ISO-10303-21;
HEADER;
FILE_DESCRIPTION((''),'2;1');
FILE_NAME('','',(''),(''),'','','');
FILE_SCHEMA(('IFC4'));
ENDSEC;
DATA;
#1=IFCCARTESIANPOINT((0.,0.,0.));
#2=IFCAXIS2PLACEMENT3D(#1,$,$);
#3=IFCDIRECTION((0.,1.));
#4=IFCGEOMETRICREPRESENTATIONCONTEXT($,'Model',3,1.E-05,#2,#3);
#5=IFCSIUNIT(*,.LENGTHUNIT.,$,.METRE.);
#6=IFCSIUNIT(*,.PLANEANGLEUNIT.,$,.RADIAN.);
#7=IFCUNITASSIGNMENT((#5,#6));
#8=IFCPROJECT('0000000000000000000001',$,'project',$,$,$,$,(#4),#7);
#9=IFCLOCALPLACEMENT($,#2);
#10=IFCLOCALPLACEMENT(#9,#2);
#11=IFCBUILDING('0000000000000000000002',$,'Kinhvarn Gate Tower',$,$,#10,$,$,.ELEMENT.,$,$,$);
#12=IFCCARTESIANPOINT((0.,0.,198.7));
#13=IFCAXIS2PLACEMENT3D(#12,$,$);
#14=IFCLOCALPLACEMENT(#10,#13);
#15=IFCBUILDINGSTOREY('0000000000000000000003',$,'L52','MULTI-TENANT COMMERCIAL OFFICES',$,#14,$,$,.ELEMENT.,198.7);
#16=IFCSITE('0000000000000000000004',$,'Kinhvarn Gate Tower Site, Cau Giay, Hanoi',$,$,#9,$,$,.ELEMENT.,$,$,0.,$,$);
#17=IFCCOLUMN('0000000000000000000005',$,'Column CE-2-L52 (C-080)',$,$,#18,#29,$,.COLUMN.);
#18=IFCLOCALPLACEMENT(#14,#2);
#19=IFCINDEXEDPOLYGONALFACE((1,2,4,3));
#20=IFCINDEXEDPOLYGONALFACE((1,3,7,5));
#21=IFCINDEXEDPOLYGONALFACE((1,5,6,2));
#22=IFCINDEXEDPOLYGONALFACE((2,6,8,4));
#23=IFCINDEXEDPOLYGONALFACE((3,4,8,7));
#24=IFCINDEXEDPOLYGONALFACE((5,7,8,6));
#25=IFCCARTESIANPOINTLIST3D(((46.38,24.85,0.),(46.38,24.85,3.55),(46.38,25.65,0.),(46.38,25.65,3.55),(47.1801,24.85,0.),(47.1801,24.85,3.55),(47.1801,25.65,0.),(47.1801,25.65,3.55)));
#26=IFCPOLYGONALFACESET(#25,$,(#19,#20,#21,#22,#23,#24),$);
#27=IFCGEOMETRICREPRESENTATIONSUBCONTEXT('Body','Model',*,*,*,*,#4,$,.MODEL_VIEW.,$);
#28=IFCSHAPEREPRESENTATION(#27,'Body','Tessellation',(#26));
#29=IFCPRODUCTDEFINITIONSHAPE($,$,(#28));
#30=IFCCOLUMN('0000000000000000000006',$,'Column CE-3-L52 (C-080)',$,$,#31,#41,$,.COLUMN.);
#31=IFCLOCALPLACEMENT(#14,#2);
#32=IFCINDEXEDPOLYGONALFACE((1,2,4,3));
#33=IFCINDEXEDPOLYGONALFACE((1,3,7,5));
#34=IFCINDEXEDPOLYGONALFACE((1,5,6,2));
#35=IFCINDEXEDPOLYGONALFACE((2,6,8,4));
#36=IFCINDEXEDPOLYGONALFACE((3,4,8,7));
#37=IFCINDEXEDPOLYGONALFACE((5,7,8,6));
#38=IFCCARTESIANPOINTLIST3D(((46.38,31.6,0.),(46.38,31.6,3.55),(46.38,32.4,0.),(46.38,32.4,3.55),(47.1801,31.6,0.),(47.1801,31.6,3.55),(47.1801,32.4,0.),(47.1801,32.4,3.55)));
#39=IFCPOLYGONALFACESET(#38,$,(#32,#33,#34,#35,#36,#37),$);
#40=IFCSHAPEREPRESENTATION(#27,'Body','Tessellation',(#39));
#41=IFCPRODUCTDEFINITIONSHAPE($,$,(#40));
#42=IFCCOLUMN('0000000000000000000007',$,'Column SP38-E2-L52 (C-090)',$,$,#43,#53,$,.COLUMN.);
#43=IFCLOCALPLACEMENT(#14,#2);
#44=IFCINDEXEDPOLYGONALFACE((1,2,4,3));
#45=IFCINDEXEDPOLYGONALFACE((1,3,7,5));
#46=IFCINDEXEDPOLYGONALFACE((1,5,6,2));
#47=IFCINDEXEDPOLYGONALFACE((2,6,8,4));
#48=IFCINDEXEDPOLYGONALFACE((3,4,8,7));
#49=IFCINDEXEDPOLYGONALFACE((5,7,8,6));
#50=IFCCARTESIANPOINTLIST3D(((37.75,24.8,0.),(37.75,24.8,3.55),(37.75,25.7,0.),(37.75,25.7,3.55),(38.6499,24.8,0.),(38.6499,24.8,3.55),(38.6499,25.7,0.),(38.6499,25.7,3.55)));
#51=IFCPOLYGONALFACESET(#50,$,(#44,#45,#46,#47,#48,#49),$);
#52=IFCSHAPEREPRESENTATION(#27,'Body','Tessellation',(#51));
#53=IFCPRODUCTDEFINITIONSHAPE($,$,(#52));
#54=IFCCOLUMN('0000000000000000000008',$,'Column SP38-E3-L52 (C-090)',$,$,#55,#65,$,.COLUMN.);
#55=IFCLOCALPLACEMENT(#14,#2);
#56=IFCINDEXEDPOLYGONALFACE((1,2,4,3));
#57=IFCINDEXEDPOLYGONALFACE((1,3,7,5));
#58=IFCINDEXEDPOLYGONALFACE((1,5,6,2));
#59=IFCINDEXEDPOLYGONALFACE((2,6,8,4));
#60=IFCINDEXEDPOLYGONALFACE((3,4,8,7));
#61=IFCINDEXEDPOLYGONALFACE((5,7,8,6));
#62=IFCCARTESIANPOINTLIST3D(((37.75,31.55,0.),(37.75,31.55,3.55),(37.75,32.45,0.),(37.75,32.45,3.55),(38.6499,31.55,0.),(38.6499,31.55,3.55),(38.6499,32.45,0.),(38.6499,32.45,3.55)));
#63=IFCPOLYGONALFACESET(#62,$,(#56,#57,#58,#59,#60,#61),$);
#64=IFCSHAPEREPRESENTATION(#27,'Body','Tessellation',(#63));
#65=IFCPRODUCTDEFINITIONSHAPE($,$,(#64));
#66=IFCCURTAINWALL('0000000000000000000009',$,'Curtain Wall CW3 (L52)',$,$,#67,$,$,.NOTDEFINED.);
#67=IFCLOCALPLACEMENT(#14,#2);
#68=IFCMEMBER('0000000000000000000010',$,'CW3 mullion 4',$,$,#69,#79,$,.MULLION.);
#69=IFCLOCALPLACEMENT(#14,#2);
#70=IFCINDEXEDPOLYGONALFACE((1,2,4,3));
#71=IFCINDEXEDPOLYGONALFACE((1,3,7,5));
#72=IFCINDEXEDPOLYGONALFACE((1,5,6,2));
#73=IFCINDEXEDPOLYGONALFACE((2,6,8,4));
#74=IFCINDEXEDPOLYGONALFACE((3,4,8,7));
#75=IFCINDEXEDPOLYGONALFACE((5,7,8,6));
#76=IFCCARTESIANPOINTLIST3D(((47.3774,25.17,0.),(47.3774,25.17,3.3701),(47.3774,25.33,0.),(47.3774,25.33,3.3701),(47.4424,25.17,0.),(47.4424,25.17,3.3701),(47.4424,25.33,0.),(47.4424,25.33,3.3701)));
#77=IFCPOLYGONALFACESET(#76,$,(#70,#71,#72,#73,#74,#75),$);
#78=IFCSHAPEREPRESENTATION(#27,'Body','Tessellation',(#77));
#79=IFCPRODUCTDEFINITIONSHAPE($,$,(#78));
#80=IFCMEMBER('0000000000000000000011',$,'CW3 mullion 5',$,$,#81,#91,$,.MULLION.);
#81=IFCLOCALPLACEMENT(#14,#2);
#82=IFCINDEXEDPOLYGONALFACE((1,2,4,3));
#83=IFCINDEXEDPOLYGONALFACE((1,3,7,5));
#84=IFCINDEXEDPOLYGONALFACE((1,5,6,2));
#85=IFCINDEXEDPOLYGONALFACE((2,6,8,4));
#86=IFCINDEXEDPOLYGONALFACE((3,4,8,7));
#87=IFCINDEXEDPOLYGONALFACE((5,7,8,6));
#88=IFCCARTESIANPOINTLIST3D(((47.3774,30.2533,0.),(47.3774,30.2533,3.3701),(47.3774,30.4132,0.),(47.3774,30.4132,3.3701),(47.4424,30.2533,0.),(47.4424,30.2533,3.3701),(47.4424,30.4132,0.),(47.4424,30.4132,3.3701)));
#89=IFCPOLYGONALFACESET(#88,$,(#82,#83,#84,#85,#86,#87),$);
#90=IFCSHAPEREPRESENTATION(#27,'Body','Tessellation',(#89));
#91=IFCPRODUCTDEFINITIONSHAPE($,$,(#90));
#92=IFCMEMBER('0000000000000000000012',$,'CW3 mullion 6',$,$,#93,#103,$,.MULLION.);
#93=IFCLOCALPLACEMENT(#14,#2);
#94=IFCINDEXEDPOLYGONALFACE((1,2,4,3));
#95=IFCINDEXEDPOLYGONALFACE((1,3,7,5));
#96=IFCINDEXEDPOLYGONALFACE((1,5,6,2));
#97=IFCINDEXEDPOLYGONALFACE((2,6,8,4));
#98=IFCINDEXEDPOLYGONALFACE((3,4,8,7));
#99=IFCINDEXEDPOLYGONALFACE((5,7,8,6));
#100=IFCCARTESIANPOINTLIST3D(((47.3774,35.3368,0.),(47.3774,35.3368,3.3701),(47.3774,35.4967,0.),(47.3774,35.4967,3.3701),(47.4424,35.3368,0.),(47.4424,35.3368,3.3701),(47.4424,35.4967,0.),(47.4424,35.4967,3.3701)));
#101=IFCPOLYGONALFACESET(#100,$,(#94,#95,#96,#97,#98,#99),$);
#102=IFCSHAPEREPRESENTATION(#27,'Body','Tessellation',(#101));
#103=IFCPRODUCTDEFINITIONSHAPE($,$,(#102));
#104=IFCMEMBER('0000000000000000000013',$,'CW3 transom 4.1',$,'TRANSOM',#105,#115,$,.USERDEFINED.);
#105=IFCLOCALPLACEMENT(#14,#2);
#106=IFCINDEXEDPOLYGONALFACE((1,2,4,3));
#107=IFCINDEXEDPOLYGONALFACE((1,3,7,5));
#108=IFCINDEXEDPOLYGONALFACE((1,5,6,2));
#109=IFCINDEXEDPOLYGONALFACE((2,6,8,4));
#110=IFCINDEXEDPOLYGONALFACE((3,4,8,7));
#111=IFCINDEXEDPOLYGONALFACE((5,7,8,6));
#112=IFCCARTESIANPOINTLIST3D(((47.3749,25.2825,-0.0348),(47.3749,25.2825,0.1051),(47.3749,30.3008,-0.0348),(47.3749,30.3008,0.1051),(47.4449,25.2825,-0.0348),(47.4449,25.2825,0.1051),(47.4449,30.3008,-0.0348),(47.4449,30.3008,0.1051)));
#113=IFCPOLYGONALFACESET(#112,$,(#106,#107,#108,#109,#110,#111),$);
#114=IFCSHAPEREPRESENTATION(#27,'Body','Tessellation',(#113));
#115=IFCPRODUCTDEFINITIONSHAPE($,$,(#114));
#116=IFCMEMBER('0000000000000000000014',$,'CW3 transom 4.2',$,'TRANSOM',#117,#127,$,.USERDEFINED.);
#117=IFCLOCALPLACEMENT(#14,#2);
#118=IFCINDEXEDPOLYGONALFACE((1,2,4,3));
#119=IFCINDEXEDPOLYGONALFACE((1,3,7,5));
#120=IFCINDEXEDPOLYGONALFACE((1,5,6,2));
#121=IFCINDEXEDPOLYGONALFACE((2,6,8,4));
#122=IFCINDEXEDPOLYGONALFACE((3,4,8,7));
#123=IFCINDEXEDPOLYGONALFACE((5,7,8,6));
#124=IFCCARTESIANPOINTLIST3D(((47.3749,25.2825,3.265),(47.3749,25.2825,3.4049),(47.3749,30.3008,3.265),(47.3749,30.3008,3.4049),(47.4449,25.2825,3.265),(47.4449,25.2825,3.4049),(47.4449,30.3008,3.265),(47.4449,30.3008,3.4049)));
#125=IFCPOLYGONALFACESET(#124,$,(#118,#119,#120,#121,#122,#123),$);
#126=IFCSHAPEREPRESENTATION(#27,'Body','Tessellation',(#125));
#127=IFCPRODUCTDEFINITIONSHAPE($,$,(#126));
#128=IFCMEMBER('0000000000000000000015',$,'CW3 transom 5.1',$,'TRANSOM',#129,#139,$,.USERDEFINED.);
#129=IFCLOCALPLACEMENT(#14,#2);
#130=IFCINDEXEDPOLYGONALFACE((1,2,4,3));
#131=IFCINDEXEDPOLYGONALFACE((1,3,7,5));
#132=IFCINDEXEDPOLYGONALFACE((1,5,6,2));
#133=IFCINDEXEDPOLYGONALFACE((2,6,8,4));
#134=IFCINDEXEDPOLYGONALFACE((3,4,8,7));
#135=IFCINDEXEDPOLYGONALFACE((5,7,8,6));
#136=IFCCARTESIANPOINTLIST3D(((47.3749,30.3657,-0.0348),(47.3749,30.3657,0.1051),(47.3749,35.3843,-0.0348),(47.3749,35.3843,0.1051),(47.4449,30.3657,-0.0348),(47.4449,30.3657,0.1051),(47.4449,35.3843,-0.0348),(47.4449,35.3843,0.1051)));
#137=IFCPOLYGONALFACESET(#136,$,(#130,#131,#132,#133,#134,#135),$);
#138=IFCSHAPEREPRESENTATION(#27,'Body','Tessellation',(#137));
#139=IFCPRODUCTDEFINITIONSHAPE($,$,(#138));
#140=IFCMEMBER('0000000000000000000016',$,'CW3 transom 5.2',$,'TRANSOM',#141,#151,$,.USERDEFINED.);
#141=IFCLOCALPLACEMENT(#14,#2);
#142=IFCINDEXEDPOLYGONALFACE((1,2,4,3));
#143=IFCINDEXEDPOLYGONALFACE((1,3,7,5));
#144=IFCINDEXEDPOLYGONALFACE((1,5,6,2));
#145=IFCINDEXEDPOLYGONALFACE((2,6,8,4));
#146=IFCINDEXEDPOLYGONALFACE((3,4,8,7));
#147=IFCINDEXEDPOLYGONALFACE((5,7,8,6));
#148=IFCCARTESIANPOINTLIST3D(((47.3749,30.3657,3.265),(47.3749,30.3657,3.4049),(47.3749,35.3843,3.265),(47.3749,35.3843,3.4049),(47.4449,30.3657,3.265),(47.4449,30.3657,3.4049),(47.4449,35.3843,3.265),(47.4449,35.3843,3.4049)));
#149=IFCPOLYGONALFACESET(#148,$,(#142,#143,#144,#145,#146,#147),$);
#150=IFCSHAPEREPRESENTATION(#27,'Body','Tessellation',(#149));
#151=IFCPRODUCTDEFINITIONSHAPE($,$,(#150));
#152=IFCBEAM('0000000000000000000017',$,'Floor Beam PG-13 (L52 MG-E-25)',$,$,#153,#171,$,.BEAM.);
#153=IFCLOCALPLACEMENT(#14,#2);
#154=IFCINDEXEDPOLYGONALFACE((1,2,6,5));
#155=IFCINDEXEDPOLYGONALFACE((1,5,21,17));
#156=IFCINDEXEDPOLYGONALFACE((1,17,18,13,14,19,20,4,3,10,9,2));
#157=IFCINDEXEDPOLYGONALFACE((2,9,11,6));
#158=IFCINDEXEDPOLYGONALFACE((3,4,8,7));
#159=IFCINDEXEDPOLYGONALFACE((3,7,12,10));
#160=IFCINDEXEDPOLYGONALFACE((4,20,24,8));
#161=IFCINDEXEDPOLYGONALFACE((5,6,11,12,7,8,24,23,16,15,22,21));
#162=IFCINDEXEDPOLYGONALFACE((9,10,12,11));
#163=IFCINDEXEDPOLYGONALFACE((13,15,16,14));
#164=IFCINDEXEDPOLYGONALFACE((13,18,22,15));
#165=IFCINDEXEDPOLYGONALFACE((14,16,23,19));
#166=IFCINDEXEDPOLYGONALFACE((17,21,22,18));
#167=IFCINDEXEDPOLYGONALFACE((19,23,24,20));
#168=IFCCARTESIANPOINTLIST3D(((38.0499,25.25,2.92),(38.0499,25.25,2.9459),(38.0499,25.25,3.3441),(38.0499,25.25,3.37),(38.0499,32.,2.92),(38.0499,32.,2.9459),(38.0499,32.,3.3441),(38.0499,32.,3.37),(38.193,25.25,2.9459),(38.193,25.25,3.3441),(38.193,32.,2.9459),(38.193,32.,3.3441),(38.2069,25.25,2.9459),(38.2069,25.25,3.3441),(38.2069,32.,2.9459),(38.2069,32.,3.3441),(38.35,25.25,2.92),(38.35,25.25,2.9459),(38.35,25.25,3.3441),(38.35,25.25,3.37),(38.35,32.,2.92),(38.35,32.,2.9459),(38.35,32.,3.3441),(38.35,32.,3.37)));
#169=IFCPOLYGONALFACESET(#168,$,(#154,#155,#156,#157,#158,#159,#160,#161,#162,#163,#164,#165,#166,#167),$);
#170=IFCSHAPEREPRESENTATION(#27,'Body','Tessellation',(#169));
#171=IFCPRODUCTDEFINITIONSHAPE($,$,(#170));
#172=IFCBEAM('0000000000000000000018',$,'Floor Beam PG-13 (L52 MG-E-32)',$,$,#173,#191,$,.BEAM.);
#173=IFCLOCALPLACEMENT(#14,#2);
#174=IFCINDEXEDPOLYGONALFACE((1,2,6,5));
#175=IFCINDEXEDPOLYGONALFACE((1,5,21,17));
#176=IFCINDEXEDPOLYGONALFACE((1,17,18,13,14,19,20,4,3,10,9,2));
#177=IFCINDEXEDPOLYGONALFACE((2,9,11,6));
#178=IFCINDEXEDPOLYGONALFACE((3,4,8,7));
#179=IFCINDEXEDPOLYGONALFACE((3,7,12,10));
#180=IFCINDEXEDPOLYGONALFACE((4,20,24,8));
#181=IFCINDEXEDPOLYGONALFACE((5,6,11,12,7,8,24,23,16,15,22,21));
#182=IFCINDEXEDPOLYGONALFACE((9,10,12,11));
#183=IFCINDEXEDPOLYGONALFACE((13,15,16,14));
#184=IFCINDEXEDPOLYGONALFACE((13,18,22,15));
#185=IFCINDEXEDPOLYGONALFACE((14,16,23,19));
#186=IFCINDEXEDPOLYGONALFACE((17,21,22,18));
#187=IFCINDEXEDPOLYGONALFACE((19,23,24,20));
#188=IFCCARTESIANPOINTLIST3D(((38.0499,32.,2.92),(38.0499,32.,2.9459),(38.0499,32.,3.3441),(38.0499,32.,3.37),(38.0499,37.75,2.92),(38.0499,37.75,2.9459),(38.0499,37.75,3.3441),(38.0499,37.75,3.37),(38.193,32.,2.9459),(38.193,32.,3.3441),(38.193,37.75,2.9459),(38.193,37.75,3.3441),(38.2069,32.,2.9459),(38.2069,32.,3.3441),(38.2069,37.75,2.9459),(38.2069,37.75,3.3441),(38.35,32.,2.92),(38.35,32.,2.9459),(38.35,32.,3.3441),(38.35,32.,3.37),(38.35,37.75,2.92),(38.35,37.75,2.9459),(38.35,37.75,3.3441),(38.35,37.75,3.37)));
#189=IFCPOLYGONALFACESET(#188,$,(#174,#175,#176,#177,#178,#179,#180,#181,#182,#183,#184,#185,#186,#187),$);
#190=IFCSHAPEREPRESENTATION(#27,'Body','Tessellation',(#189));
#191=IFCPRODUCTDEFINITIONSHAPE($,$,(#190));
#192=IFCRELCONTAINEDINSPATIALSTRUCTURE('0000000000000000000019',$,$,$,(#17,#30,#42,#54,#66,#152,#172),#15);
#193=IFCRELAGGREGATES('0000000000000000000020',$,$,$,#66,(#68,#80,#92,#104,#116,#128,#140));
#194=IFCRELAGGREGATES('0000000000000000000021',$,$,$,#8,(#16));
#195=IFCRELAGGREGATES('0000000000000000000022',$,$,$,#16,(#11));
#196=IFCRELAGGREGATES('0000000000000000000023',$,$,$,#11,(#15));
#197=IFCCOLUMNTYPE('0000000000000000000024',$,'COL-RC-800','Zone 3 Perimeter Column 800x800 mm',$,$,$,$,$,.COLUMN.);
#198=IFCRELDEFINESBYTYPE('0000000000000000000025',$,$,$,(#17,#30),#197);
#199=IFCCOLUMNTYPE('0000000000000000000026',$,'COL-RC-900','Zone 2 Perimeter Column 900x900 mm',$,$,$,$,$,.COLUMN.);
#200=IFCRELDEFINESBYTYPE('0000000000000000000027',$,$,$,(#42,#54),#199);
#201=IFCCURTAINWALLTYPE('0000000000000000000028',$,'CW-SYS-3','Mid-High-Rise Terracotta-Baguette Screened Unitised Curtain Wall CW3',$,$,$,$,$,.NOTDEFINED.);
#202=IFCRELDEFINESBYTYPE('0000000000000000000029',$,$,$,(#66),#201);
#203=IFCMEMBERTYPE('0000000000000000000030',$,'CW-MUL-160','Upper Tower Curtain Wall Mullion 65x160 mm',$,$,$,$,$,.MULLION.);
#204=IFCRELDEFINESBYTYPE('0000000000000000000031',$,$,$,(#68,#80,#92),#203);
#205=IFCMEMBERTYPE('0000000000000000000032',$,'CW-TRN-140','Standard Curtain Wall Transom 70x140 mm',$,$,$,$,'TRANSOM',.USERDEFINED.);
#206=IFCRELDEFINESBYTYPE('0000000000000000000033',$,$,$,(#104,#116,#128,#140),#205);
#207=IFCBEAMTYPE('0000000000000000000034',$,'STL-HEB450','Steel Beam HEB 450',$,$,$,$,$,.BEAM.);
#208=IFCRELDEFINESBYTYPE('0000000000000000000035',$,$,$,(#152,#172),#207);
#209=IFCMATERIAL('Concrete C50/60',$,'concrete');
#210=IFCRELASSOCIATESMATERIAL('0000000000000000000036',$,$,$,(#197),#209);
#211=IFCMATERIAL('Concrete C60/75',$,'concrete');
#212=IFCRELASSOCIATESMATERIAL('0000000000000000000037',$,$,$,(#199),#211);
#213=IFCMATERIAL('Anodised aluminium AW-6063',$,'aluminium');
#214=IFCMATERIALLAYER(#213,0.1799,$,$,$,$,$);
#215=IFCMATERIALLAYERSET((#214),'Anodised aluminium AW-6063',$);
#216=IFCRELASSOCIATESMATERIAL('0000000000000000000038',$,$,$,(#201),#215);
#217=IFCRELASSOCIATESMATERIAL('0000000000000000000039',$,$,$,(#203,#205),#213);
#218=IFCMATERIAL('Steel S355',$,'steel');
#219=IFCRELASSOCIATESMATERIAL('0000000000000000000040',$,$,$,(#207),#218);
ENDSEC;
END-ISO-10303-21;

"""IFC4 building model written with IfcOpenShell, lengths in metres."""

from ifc_helpers import new_model, si_unit, direction, frame, origin, origin_2d, place, context, subcontext, project, spatial, rectangle, i_section, extrude, material, layer, layer_set, material_profile, profile_set, type_object, element, aggregate, save


model = new_model("IFC4")

# Units and contexts
model_context = context("Model", 3, precision=1e-05, world=origin(), true_north=direction((0.0, 1.0)))
body_context = subcontext(model_context, "Body", "Model", "MODEL_VIEW")
ifc_project = project(units=[si_unit("LENGTHUNIT", "METRE"), si_unit("PLANEANGLEUNIT", "RADIAN")], contexts=[model_context])

# Site, building, storey
site_placement = place(None, origin())
site = spatial("IfcSite", under=ifc_project, at=site_placement, Name="Kinhvarn Gate Tower Site, Cau Giay, Hanoi", CompositionType="ELEMENT", RefElevation=0.0)
building_placement = place(site_placement, origin())
building = spatial("IfcBuilding", under=site, at=building_placement, Name="Kinhvarn Gate Tower", CompositionType="ELEMENT")
storey_placement = place(building_placement, frame((0.0, 0.0, 198.7)))
storey = spatial("IfcBuildingStorey", under=building, at=storey_placement, Name="L52", Description="MULTI-TENANT COMMERCIAL OFFICES", CompositionType="ELEMENT", Elevation=198.7)

# Columns
ifc_material_1 = material(Name="Concrete C50/60", Category="concrete")
ifc_material_profile_1 = material_profile(ifc_material_1, rectangle(XDim=0.8, YDim=0.8, at=origin_2d()), Name="RC 800x800")
ifc_profile_set_1 = profile_set([ifc_material_profile_1], Name="Concrete C50/60")
column_type_1 = type_object("IfcColumnType", Name="COL-RC-800", Description="Zone 3 Perimeter Column 800x800 mm", PredefinedType="COLUMN", material=ifc_profile_set_1)
for number, where, z_axis, x_axis, name in (
    (1, (46.78, 25.25, 0.0), (0.0, 0.0, 1.0), (1.0, 0.0, 0.0), "Column CE-2-L52 (C-080)"),
    (2, (46.78, 32.0, 0.0), (0.0, 0.0, 1.0), (1.0, 0.0, 0.0), "Column CE-3-L52 (C-080)"),
):
    element("IfcColumn", number, at=place(storey_placement, frame(where, z_axis=z_axis, x_axis=x_axis)), inside=storey, type_object=column_type_1, Name=name, PredefinedType="COLUMN", context=body_context, shape_type="SweptSolid", body=[
        extrude(rectangle(XDim=0.8, YDim=0.8, at=origin_2d()), origin(), (0.0, 0.0, 1.0), 3.55),
    ])
ifc_material_2 = material(Name="Concrete C60/75", Category="concrete")
ifc_material_profile_2 = material_profile(ifc_material_2, rectangle(XDim=0.8999, YDim=0.8999, at=origin_2d()), Name="RC 900x900")
ifc_profile_set_2 = profile_set([ifc_material_profile_2], Name="Concrete C60/75")
column_type_2 = type_object("IfcColumnType", Name="COL-RC-900", Description="Zone 2 Perimeter Column 900x900 mm", PredefinedType="COLUMN", material=ifc_profile_set_2)
for number, where, z_axis, x_axis, name in (
    (3, (38.2, 25.25, 0.0), (0.0, 0.0, 1.0), (1.0, 0.0, 0.0), "Column SP38-E2-L52 (C-090)"),
    (4, (38.2, 32.0, 0.0), (0.0, 0.0, 1.0), (1.0, 0.0, 0.0), "Column SP38-E3-L52 (C-090)"),
):
    element("IfcColumn", number, at=place(storey_placement, frame(where, z_axis=z_axis, x_axis=x_axis)), inside=storey, type_object=column_type_2, Name=name, PredefinedType="COLUMN", context=body_context, shape_type="SweptSolid", body=[
        extrude(rectangle(XDim=0.8999, YDim=0.8999, at=origin_2d()), origin(), (0.0, 0.0, 1.0), 3.55),
    ])

# Curtain wall, members
ifc_material_3 = material(Name="Anodised aluminium AW-6063", Category="aluminium")
ifc_layer_1 = layer(ifc_material_3, 0.1799)
ifc_layer_set_1 = layer_set([ifc_layer_1], Name="Anodised aluminium AW-6063")
curtain_wall_type = type_object("IfcCurtainWallType", Name="CW-SYS-3", Description="Mid-High-Rise Terracotta-Baguette Screened Unitised Curtain Wall CW3", PredefinedType="NOTDEFINED", material=ifc_layer_set_1)
curtain_wall_placement = place(storey_placement, origin())
curtain_wall = element("IfcCurtainWall", 5, at=curtain_wall_placement, inside=storey, type_object=curtain_wall_type, Name="Curtain Wall CW3 (L52)", PredefinedType="NOTDEFINED")
ifc_material_profile_3 = material_profile(ifc_material_3, rectangle(XDim=0.0649, YDim=0.1599, at=origin_2d()), Name="ALU 65x160")
ifc_profile_set_3 = profile_set([ifc_material_profile_3], Name="Anodised aluminium AW-6063")
member_type_1 = type_object("IfcMemberType", Name="CW-MUL-160", Description="Upper Tower Curtain Wall Mullion 65x160 mm", PredefinedType="MULLION", material=ifc_profile_set_3)
member_1_placement = place(storey_placement, frame((47.4099, 25.25, 0.0), z_axis=(0.0, 0.0, 1.0), x_axis=(-1.0, 0.0, 0.0)))
member_1 = element("IfcMember", 6, at=member_1_placement, type_object=member_type_1, Name="CW3 mullion 4", PredefinedType="MULLION", context=body_context, shape_type="SweptSolid", body=[
    extrude(rectangle(XDim=0.0649, YDim=0.1599, at=origin_2d()), origin(), (0.0, 0.0, 1.0), 3.3701),
])
member_2_placement = place(storey_placement, frame((47.4099, 30.3333, 0.0), z_axis=(0.0, 0.0, 1.0), x_axis=(-1.0, 0.0, 0.0)))
member_2 = element("IfcMember", 7, at=member_2_placement, type_object=member_type_1, Name="CW3 mullion 5", PredefinedType="MULLION", context=body_context, shape_type="SweptSolid", body=[
    extrude(rectangle(XDim=0.0649, YDim=0.1599, at=origin_2d()), origin(), (0.0, 0.0, 1.0), 3.3701),
])
member_3_placement = place(storey_placement, frame((47.4099, 35.4167, 0.0), z_axis=(0.0, 0.0, 1.0), x_axis=(-1.0, 0.0, 0.0)))
member_3 = element("IfcMember", 8, at=member_3_placement, type_object=member_type_1, Name="CW3 mullion 6", PredefinedType="MULLION", context=body_context, shape_type="SweptSolid", body=[
    extrude(rectangle(XDim=0.0649, YDim=0.1599, at=origin_2d()), origin(), (0.0, 0.0, 1.0), 3.3701),
])
ifc_material_profile_4 = material_profile(ifc_material_3, rectangle(XDim=0.0701, YDim=0.1399, at=origin_2d()), Name="ALU 70x140")
ifc_profile_set_4 = profile_set([ifc_material_profile_4], Name="Anodised aluminium AW-6063")
member_type_2 = type_object("IfcMemberType", Name="CW-TRN-140", Description="Standard Curtain Wall Transom 70x140 mm", ElementType="TRANSOM", PredefinedType="USERDEFINED", material=ifc_profile_set_4)
member_4_placement = place(storey_placement, frame((47.4099, 25.2825, 0.0352), z_axis=(0.0, 1.0, 0.0), x_axis=(-1.0, 0.0, 0.0)))
member_4 = element("IfcMember", 9, at=member_4_placement, type_object=member_type_2, Name="CW3 transom 4.1", ObjectType="TRANSOM", PredefinedType="USERDEFINED", context=body_context, shape_type="SweptSolid", body=[
    extrude(rectangle(XDim=0.0701, YDim=0.1399, at=origin_2d()), origin(), (0.0, 0.0, 1.0), 5.0183),
])
member_5_placement = place(storey_placement, frame((47.4099, 25.2825, 3.335), z_axis=(0.0, 1.0, 0.0), x_axis=(-1.0, 0.0, 0.0)))
member_5 = element("IfcMember", 10, at=member_5_placement, type_object=member_type_2, Name="CW3 transom 4.2", ObjectType="TRANSOM", PredefinedType="USERDEFINED", context=body_context, shape_type="SweptSolid", body=[
    extrude(rectangle(XDim=0.0701, YDim=0.1399, at=origin_2d()), origin(), (0.0, 0.0, 1.0), 5.0183),
])
member_6_placement = place(storey_placement, frame((47.4099, 30.3657, 0.0352), z_axis=(0.0, 1.0, 0.0), x_axis=(-1.0, 0.0, 0.0)))
member_6 = element("IfcMember", 11, at=member_6_placement, type_object=member_type_2, Name="CW3 transom 5.1", ObjectType="TRANSOM", PredefinedType="USERDEFINED", context=body_context, shape_type="SweptSolid", body=[
    extrude(rectangle(XDim=0.0701, YDim=0.1399, at=origin_2d()), origin(), (0.0, 0.0, 1.0), 5.0186),
])
member_7_placement = place(storey_placement, frame((47.4099, 30.3657, 3.335), z_axis=(0.0, 1.0, 0.0), x_axis=(-1.0, 0.0, 0.0)))
member_7 = element("IfcMember", 12, at=member_7_placement, type_object=member_type_2, Name="CW3 transom 5.2", ObjectType="TRANSOM", PredefinedType="USERDEFINED", context=body_context, shape_type="SweptSolid", body=[
    extrude(rectangle(XDim=0.0701, YDim=0.1399, at=origin_2d()), origin(), (0.0, 0.0, 1.0), 5.0186),
])

# Beams
ifc_material_4 = material(Name="Steel S355", Category="steel")
ifc_material_profile_5 = material_profile(ifc_material_4, i_section(OverallWidth=0.3, OverallDepth=0.45, WebThickness=0.0139, FlangeThickness=0.0259, at=origin_2d()), Name="HEB 450")
ifc_profile_set_5 = profile_set([ifc_material_profile_5], Name="Steel S355")
beam_type_1 = type_object("IfcBeamType", Name="STL-HEB450", Description="Steel Beam HEB 450", PredefinedType="BEAM", material=ifc_profile_set_5)
beam_1_placement = place(storey_placement, frame((38.2, 25.25, 3.145), z_axis=(0.0, 1.0, 0.0), x_axis=(-1.0, 0.0, 0.0)))
element("IfcBeam", 13, at=beam_1_placement, inside=storey, type_object=beam_type_1, Name="Floor Beam PG-13 (L52 MG-E-25)", PredefinedType="BEAM", context=body_context, shape_type="SweptSolid", body=[
    extrude(i_section(OverallWidth=0.3, OverallDepth=0.45, WebThickness=0.0139, FlangeThickness=0.0259, at=origin_2d()), origin(), (0.0, 0.0, 1.0), 6.75),
])
beam_2_placement = place(storey_placement, frame((38.2, 32.0, 3.145), z_axis=(0.0, 1.0, 0.0), x_axis=(-1.0, 0.0, 0.0)))
element("IfcBeam", 14, at=beam_2_placement, inside=storey, type_object=beam_type_1, Name="Floor Beam PG-13 (L52 MG-E-32)", PredefinedType="BEAM", context=body_context, shape_type="SweptSolid", body=[
    extrude(i_section(OverallWidth=0.3, OverallDepth=0.45, WebThickness=0.0139, FlangeThickness=0.0259, at=origin_2d()), origin(), (0.0, 0.0, 1.0), 5.75),
])

aggregate(curtain_wall, [member_1, member_2, member_3, member_4, member_5, member_6, member_7])

save(model, "model.ifc")
